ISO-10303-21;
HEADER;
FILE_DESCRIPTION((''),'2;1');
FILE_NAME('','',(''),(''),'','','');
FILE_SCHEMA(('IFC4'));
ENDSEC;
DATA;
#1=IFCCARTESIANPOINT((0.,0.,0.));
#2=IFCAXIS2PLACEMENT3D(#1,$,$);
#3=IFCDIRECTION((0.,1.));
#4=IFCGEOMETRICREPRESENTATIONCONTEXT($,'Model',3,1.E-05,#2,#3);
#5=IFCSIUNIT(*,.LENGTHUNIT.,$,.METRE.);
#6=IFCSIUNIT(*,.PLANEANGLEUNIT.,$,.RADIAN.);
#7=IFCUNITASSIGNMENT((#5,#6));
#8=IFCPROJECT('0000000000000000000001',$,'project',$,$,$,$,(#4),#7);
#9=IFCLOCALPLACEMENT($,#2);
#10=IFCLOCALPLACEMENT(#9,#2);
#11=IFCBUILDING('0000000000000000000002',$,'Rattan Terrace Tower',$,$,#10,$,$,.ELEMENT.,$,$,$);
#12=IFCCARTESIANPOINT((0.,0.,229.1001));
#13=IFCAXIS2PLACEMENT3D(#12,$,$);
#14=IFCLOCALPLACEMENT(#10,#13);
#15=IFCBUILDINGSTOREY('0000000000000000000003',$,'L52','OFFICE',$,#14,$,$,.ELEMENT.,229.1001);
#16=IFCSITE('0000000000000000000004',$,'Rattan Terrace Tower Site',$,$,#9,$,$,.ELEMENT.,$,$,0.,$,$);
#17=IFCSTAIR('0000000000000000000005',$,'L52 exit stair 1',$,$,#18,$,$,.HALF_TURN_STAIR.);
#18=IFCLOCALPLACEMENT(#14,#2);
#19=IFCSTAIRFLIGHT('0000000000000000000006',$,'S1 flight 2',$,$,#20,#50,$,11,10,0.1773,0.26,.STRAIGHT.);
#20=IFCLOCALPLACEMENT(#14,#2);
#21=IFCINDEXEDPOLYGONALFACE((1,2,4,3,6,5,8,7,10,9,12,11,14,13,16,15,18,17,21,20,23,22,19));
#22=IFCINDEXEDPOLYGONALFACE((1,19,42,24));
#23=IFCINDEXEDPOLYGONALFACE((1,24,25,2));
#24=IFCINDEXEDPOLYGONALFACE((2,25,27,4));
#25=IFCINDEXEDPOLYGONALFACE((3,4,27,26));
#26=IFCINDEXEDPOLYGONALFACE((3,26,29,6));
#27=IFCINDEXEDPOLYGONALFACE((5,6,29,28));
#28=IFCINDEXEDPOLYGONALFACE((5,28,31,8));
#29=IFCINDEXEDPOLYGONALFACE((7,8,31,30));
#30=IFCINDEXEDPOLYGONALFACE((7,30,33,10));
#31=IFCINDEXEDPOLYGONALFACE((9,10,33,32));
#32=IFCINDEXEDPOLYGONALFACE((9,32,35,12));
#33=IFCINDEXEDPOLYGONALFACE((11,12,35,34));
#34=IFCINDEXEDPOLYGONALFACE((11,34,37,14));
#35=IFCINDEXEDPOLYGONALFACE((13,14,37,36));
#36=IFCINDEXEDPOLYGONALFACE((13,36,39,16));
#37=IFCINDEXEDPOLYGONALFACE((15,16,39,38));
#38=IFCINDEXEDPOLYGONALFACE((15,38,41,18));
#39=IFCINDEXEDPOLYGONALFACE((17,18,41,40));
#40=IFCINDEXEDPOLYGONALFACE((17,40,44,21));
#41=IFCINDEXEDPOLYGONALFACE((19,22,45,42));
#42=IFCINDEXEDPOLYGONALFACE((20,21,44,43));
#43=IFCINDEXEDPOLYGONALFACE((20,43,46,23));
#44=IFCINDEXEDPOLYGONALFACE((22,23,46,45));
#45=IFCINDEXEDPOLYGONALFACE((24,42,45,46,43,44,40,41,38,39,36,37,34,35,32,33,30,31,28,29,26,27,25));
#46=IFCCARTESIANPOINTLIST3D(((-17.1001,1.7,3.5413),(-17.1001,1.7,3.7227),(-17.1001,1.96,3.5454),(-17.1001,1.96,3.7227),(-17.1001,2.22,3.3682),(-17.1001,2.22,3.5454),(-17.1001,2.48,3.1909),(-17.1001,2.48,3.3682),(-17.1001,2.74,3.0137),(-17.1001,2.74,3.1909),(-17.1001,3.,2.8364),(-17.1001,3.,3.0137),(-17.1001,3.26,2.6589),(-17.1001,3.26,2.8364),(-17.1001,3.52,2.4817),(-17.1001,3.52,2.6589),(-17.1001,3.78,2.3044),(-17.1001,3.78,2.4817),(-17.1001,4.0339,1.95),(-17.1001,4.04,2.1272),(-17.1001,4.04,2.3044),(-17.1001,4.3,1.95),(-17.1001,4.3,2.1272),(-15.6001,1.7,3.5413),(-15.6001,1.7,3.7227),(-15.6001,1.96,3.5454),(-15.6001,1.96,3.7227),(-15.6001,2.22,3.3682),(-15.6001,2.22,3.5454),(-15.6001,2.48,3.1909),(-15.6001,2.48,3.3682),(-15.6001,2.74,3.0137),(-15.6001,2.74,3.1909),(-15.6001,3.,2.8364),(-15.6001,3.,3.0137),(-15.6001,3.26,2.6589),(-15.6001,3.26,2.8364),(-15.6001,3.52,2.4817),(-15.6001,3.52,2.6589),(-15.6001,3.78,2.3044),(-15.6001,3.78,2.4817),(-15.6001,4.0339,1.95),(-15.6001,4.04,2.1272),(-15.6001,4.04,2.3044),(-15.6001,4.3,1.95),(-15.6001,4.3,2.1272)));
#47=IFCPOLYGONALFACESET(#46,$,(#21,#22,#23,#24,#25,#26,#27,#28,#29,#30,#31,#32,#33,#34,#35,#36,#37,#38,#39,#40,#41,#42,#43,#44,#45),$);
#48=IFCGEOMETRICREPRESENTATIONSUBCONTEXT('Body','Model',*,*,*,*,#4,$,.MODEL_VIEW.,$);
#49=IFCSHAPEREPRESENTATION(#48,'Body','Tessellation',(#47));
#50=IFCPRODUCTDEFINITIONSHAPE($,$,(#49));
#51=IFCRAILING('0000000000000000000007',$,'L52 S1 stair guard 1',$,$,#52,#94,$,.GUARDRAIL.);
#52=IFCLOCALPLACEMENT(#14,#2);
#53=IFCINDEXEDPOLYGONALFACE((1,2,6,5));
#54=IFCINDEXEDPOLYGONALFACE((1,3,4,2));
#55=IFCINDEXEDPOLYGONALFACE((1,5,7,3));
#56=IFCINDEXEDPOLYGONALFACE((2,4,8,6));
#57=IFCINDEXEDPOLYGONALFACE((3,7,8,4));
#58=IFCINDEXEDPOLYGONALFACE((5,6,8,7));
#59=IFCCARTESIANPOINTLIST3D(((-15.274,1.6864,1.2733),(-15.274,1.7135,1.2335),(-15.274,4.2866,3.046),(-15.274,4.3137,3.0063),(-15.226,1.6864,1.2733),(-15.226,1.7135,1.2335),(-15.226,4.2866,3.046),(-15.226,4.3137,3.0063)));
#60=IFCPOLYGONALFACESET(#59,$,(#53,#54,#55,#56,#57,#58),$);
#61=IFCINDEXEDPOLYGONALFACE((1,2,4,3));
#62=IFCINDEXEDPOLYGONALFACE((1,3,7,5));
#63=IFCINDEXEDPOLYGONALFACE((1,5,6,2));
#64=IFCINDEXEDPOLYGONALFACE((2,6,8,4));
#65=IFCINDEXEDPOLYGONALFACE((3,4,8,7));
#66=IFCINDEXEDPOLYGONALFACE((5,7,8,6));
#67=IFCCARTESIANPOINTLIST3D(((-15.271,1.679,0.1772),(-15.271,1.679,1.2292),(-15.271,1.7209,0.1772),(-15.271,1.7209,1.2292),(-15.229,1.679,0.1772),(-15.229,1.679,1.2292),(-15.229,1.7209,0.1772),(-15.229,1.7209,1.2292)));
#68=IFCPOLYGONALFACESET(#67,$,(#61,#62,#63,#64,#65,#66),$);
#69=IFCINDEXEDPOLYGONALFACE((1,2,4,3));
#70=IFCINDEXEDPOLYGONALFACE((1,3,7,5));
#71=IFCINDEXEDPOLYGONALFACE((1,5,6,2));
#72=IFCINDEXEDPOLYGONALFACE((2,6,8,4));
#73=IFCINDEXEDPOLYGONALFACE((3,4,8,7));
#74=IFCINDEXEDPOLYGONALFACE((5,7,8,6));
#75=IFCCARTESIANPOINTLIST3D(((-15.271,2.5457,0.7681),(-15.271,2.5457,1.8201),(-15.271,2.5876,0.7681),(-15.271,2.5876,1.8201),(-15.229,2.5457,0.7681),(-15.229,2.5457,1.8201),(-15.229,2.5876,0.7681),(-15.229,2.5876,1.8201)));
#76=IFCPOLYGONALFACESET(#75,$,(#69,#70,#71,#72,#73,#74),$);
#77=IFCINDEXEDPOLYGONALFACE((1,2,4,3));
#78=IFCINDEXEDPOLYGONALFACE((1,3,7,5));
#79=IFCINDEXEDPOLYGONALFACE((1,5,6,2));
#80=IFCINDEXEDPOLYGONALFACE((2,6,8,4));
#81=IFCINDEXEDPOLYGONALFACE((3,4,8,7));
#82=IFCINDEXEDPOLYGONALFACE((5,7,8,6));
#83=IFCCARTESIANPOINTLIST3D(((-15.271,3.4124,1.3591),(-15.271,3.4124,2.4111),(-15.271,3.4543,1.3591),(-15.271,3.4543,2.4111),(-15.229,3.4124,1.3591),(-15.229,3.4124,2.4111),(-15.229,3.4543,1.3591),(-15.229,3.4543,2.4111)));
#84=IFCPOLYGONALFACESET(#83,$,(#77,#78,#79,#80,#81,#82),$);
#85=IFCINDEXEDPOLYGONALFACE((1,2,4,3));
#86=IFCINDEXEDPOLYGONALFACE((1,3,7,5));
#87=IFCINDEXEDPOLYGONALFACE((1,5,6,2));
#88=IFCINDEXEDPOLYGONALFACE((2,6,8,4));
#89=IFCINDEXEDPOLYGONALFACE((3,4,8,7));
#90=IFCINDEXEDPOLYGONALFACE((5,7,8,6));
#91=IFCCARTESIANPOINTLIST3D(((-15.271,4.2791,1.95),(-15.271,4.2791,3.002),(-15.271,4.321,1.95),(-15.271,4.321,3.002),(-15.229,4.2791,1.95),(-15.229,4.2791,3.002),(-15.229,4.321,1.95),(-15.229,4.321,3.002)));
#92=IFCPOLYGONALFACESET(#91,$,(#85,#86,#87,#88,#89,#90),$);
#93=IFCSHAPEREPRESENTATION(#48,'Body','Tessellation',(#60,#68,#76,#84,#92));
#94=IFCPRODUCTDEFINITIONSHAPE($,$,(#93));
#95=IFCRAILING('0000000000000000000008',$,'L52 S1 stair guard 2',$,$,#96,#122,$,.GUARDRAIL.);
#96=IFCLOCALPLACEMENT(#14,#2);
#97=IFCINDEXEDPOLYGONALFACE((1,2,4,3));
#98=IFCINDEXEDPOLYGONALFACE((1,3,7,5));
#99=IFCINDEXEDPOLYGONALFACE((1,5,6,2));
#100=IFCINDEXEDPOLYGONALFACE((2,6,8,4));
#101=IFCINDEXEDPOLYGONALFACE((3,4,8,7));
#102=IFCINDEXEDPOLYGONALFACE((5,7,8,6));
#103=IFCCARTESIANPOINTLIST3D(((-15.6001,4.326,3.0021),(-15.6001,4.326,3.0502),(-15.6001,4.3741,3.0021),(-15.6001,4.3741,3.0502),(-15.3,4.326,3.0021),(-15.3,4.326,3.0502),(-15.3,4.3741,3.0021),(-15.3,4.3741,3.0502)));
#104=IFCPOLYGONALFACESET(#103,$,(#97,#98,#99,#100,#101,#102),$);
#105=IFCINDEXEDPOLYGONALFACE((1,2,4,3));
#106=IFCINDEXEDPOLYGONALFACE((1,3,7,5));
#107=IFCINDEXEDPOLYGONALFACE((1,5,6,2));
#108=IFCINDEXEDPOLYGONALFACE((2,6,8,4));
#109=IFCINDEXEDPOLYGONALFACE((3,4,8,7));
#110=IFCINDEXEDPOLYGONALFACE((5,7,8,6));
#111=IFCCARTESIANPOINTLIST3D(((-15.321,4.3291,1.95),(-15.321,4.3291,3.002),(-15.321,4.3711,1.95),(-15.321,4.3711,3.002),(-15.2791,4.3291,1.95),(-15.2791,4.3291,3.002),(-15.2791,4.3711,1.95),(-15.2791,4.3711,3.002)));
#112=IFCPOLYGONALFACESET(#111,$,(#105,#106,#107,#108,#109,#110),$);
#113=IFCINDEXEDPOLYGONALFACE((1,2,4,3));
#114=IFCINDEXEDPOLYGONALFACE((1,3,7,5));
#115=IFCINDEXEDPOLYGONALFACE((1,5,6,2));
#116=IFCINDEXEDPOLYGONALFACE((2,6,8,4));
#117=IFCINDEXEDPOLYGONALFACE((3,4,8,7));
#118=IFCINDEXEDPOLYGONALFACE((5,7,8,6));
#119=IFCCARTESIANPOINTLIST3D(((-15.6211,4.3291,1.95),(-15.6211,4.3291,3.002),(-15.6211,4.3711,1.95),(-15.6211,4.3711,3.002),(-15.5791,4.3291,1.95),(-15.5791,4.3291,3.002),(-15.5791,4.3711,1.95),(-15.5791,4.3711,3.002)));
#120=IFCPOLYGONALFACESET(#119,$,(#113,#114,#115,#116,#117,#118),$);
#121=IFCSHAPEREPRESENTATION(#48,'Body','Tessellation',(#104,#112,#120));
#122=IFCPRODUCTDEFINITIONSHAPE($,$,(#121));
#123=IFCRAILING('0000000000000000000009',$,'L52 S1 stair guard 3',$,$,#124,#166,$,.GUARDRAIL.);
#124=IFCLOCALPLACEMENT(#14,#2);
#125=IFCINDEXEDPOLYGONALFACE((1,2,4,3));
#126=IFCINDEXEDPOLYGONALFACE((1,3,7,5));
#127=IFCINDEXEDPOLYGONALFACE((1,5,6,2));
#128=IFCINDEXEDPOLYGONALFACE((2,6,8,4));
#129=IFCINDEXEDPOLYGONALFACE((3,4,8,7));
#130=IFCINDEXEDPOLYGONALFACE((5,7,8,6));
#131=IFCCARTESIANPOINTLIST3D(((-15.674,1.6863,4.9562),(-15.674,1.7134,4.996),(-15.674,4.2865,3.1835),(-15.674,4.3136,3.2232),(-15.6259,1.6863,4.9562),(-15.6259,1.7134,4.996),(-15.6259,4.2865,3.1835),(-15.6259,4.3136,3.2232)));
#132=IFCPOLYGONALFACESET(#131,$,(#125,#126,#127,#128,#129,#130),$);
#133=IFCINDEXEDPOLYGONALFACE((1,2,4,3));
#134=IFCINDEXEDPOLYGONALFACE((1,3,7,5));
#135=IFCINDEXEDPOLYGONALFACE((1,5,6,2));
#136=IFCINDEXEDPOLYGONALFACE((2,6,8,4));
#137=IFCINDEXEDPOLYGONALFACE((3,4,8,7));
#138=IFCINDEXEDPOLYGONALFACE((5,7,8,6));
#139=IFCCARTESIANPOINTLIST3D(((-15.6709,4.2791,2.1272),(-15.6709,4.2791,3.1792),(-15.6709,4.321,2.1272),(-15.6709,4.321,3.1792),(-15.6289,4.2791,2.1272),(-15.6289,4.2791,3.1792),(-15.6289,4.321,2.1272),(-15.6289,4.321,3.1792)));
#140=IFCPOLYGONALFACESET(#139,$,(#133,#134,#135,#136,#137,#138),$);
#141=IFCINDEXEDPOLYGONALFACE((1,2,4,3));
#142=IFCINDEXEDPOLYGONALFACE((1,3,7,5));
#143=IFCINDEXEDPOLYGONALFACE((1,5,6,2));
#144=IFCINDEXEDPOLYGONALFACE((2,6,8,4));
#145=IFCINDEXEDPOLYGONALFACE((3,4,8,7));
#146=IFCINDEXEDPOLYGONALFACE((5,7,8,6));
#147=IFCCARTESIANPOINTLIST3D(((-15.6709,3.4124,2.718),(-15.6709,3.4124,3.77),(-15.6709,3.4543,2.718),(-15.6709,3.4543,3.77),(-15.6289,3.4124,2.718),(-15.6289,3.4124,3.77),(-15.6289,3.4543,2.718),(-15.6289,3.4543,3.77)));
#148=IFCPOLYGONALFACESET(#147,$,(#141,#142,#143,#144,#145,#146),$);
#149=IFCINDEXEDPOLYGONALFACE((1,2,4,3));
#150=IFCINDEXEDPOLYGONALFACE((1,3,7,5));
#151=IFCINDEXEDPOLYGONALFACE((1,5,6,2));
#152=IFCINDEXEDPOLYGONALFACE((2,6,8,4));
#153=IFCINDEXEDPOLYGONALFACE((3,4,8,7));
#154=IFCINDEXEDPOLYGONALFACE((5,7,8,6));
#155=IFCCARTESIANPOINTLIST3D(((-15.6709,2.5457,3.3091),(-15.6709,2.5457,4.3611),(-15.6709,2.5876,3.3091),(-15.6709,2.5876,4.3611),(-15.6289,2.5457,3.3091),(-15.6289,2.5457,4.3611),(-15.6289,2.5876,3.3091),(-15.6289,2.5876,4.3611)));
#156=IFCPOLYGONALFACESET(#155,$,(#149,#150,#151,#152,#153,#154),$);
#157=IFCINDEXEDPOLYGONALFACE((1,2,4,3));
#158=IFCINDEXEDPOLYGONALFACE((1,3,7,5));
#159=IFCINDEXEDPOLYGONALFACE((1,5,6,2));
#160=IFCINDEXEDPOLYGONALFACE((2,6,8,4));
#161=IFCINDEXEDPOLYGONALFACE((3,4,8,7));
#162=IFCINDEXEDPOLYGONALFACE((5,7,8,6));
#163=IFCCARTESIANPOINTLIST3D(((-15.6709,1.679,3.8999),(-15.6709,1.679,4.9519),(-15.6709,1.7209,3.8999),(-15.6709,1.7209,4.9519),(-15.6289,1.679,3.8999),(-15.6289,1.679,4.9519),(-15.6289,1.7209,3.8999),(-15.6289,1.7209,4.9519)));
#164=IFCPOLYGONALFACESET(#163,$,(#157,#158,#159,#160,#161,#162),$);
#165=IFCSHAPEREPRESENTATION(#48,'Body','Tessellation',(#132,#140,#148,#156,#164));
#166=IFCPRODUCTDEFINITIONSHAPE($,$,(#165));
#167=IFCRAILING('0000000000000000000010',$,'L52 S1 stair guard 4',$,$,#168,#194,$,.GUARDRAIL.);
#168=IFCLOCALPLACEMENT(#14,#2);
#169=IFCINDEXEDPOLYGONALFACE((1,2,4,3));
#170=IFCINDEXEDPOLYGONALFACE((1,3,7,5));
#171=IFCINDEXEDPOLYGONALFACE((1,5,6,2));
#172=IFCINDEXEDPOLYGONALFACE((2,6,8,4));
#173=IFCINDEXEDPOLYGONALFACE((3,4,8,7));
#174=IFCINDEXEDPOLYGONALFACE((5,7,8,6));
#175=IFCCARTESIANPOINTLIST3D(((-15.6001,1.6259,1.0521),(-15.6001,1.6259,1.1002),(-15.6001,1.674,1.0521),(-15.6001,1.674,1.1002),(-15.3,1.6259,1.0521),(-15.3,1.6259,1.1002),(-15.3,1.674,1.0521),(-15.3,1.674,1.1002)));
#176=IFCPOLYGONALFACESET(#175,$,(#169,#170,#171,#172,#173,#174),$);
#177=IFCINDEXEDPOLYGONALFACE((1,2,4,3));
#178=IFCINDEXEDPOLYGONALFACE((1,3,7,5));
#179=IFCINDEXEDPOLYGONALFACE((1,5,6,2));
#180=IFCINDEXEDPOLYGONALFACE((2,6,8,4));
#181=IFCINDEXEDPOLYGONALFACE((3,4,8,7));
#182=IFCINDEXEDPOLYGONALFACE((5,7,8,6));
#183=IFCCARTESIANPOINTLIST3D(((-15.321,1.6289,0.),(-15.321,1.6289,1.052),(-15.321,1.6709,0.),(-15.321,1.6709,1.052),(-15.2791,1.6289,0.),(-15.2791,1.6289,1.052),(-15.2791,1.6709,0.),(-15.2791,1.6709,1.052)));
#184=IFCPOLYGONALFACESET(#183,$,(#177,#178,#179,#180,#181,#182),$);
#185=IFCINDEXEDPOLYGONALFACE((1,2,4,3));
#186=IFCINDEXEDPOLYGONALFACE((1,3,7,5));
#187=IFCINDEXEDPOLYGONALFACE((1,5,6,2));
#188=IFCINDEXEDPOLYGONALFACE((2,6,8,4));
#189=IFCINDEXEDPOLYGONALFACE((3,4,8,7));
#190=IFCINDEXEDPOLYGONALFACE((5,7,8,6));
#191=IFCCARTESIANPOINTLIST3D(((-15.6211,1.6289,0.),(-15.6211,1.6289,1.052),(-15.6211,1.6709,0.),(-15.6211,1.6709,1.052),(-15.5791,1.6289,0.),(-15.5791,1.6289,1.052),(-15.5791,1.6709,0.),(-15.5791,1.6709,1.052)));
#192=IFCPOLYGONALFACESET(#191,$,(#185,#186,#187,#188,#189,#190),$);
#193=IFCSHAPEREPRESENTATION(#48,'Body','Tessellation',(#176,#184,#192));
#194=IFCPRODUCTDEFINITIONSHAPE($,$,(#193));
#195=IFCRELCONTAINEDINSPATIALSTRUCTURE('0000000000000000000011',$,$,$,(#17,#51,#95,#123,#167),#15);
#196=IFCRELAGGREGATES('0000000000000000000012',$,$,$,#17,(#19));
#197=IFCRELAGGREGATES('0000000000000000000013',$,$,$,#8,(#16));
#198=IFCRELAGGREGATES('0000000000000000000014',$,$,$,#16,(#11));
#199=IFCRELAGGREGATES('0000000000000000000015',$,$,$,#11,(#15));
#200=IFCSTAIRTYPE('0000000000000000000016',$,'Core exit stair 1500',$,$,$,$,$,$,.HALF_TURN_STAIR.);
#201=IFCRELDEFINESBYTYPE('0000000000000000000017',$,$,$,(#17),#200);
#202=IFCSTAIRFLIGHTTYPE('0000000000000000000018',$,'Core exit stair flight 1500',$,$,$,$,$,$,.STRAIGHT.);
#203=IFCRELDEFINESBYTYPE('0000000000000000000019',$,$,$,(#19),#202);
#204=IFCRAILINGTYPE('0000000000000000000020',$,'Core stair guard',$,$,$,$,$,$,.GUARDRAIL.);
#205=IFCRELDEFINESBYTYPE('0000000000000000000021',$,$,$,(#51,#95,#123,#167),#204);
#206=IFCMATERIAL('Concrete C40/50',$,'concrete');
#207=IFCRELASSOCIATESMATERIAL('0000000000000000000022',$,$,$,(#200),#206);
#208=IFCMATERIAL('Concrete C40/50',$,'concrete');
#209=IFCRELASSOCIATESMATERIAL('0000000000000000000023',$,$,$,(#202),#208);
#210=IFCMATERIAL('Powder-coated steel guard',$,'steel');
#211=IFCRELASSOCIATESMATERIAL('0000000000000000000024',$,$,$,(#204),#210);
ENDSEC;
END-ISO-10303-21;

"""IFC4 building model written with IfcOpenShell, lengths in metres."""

from ifc_helpers import new_model, si_unit, direction, frame, origin, origin_2d, place, context, subcontext, project, spatial, polyline, rectangle, outline, extrude, material, type_object, element, aggregate, save


model = new_model("IFC4")

# Units and contexts
model_context = context("Model", 3, precision=1e-05, world=origin(), true_north=direction((0.0, 1.0)))
body_context = subcontext(model_context, "Body", "Model", "MODEL_VIEW")
ifc_project = project(units=[si_unit("LENGTHUNIT", "METRE"), si_unit("PLANEANGLEUNIT", "RADIAN")], contexts=[model_context])

# Site, building, storey
site_placement = place(None, origin())
site = spatial("IfcSite", under=ifc_project, at=site_placement, Name="Rattan Terrace Tower Site", CompositionType="ELEMENT", RefElevation=0.0)
building_placement = place(site_placement, origin())
building = spatial("IfcBuilding", under=site, at=building_placement, Name="Rattan Terrace Tower", CompositionType="ELEMENT")
storey_placement = place(building_placement, frame((0.0, 0.0, 229.1001)))
storey = spatial("IfcBuildingStorey", under=building, at=storey_placement, Name="L52", Description="OFFICE", CompositionType="ELEMENT", Elevation=229.1001)

# Stair, stair flight
ifc_material_1 = material(Name="Concrete C40/50", Category="concrete")
stair_type = type_object("IfcStairType", Name="Core exit stair 1500", PredefinedType="HALF_TURN_STAIR", material=ifc_material_1)
stair_placement = place(storey_placement, origin())
stair = element("IfcStair", 1, at=stair_placement, inside=storey, type_object=stair_type, Name="L52 exit stair 1", PredefinedType="HALF_TURN_STAIR")
ifc_material_2 = material(Name="Concrete C40/50", Category="concrete")
stair_flight_type = type_object("IfcStairFlightType", Name="Core exit stair flight 1500", PredefinedType="STRAIGHT", material=ifc_material_2)
stair_flight_placement = place(storey_placement, frame((-16.3501, 4.3, 1.95), z_axis=(0.0, 0.0, 1.0), x_axis=(0.0, -1.0, 0.0)))
stair_flight = element("IfcStairFlight", 2, at=stair_flight_placement, type_object=stair_flight_type, Name="S1 flight 2", NumberOfRisers=11, NumberOfTreads=10, PredefinedType="STRAIGHT", RiserHeight=0.1773, TreadLength=0.26, context=body_context, shape_type="SweptSolid", body=[
    extrude(outline(polyline([(0.0, 0.0), (0.0, 0.1772), (0.26, 0.1772), (0.26, 0.3545), (0.52, 0.3545), (0.52, 0.5317), (0.78, 0.5317), (0.78, 0.709), (1.04, 0.709), (1.04, 0.8865), (1.3, 0.8865), (1.3, 1.0637), (1.5601, 1.0637), (1.5601, 1.241), (1.8201, 1.241), (1.8201, 1.4182), (2.0801, 1.4182), (2.0801, 1.5955), (2.3401, 1.5955), (2.3401, 1.7727), (2.6001, 1.7727), (2.6001, 1.95), (2.6001, 1.5913), (0.2661, 0.0), (0.0, 0.0)])), frame((0.0, 0.75, 0.0), z_axis=(0.0, -1.0, 0.0), x_axis=(1.0, 0.0, 0.0)), (0.0, 0.0, 1.0), 1.5),
])
aggregate(stair, [stair_flight])

# Railings
ifc_material_3 = material(Name="Powder-coated steel guard", Category="steel")
railing_type_1 = type_object("IfcRailingType", Name="Core stair guard", PredefinedType="GUARDRAIL", material=ifc_material_3)
railing_1_placement = place(storey_placement, frame((-15.25, 1.7, 0.1772)))
element("IfcRailing", 3, at=railing_1_placement, inside=storey, type_object=railing_type_1, Name="L52 S1 stair guard 1", PredefinedType="GUARDRAIL", context=body_context, shape_type="SweptSolid", body=[
    extrude(rectangle(XDim=0.0481, YDim=0.0481, at=origin_2d()), frame((0.0, 0.0, 1.0762), z_axis=(0.0, 0.82624, 0.563318), x_axis=(-1.0, 0.0, 0.0)), (0.0, 0.0, 1.0), 3.147),
    extrude(rectangle(XDim=0.042, YDim=0.042, at=origin_2d()), origin(), (0.0, 0.0, 1.0), 1.052),
    extrude(rectangle(XDim=0.042, YDim=0.042, at=origin_2d()), frame((0.0, 0.8667, 0.5908)), (0.0, 0.0, 1.0), 1.052),
    extrude(rectangle(XDim=0.042, YDim=0.042, at=origin_2d()), frame((0.0, 1.7334, 1.1819)), (0.0, 0.0, 1.0), 1.052),
    extrude(rectangle(XDim=0.042, YDim=0.042, at=origin_2d()), frame((0.0, 2.6001, 1.7727)), (0.0, 0.0, 1.0), 1.052),
])
railing_2_placement = place(storey_placement, frame((-15.3, 4.3501, 1.95)))
element("IfcRailing", 4, at=railing_2_placement, inside=storey, type_object=railing_type_1, Name="L52 S1 stair guard 2", PredefinedType="GUARDRAIL", context=body_context, shape_type="SweptSolid", body=[
    extrude(rectangle(XDim=0.0481, YDim=0.0481, at=origin_2d()), frame((0.0, 0.0, 1.0762), z_axis=(-1.0, 0.0, 0.0), x_axis=(0.0, -1.0, 0.0)), (0.0, 0.0, 1.0), 0.3),
    extrude(rectangle(XDim=0.042, YDim=0.042, at=origin_2d()), origin(), (0.0, 0.0, 1.0), 1.052),
    extrude(rectangle(XDim=0.042, YDim=0.042, at=origin_2d()), frame((-0.3, 0.0, 0.0)), (0.0, 0.0, 1.0), 1.052),
])
railing_3_placement = place(storey_placement, frame((-15.6499, 4.3, 2.1272)))
element("IfcRailing", 5, at=railing_3_placement, inside=storey, type_object=railing_type_1, Name="L52 S1 stair guard 3", PredefinedType="GUARDRAIL", context=body_context, shape_type="SweptSolid", body=[
    extrude(rectangle(XDim=0.0481, YDim=0.0481, at=origin_2d()), frame((0.0, 0.0, 1.0762), z_axis=(0.0, -0.82624, 0.563318), x_axis=(1.0, 0.0, 0.0)), (0.0, 0.0, 1.0), 3.147),
    extrude(rectangle(XDim=0.042, YDim=0.042, at=origin_2d()), origin(), (0.0, 0.0, 1.0), 1.052),
    extrude(rectangle(XDim=0.042, YDim=0.042, at=origin_2d()), frame((0.0, -0.8667, 0.5908)), (0.0, 0.0, 1.0), 1.052),
    extrude(rectangle(XDim=0.042, YDim=0.042, at=origin_2d()), frame((0.0, -1.7334, 1.1819)), (0.0, 0.0, 1.0), 1.052),
    extrude(rectangle(XDim=0.042, YDim=0.042, at=origin_2d()), frame((0.0, -2.6001, 1.7727)), (0.0, 0.0, 1.0), 1.052),
])
railing_4_placement = place(storey_placement, frame((-15.3, 1.6499, 0.0)))
element("IfcRailing", 6, at=railing_4_placement, inside=storey, type_object=railing_type_1, Name="L52 S1 stair guard 4", PredefinedType="GUARDRAIL", context=body_context, shape_type="SweptSolid", body=[
    extrude(rectangle(XDim=0.0481, YDim=0.0481, at=origin_2d()), frame((0.0, 0.0, 1.0762), z_axis=(-1.0, 0.0, 0.0), x_axis=(0.0, -1.0, 0.0)), (0.0, 0.0, 1.0), 0.3),
    extrude(rectangle(XDim=0.042, YDim=0.042, at=origin_2d()), origin(), (0.0, 0.0, 1.0), 1.052),
    extrude(rectangle(XDim=0.042, YDim=0.042, at=origin_2d()), frame((-0.3, 0.0, 0.0)), (0.0, 0.0, 1.0), 1.052),
])

save(model, "model.ifc")
